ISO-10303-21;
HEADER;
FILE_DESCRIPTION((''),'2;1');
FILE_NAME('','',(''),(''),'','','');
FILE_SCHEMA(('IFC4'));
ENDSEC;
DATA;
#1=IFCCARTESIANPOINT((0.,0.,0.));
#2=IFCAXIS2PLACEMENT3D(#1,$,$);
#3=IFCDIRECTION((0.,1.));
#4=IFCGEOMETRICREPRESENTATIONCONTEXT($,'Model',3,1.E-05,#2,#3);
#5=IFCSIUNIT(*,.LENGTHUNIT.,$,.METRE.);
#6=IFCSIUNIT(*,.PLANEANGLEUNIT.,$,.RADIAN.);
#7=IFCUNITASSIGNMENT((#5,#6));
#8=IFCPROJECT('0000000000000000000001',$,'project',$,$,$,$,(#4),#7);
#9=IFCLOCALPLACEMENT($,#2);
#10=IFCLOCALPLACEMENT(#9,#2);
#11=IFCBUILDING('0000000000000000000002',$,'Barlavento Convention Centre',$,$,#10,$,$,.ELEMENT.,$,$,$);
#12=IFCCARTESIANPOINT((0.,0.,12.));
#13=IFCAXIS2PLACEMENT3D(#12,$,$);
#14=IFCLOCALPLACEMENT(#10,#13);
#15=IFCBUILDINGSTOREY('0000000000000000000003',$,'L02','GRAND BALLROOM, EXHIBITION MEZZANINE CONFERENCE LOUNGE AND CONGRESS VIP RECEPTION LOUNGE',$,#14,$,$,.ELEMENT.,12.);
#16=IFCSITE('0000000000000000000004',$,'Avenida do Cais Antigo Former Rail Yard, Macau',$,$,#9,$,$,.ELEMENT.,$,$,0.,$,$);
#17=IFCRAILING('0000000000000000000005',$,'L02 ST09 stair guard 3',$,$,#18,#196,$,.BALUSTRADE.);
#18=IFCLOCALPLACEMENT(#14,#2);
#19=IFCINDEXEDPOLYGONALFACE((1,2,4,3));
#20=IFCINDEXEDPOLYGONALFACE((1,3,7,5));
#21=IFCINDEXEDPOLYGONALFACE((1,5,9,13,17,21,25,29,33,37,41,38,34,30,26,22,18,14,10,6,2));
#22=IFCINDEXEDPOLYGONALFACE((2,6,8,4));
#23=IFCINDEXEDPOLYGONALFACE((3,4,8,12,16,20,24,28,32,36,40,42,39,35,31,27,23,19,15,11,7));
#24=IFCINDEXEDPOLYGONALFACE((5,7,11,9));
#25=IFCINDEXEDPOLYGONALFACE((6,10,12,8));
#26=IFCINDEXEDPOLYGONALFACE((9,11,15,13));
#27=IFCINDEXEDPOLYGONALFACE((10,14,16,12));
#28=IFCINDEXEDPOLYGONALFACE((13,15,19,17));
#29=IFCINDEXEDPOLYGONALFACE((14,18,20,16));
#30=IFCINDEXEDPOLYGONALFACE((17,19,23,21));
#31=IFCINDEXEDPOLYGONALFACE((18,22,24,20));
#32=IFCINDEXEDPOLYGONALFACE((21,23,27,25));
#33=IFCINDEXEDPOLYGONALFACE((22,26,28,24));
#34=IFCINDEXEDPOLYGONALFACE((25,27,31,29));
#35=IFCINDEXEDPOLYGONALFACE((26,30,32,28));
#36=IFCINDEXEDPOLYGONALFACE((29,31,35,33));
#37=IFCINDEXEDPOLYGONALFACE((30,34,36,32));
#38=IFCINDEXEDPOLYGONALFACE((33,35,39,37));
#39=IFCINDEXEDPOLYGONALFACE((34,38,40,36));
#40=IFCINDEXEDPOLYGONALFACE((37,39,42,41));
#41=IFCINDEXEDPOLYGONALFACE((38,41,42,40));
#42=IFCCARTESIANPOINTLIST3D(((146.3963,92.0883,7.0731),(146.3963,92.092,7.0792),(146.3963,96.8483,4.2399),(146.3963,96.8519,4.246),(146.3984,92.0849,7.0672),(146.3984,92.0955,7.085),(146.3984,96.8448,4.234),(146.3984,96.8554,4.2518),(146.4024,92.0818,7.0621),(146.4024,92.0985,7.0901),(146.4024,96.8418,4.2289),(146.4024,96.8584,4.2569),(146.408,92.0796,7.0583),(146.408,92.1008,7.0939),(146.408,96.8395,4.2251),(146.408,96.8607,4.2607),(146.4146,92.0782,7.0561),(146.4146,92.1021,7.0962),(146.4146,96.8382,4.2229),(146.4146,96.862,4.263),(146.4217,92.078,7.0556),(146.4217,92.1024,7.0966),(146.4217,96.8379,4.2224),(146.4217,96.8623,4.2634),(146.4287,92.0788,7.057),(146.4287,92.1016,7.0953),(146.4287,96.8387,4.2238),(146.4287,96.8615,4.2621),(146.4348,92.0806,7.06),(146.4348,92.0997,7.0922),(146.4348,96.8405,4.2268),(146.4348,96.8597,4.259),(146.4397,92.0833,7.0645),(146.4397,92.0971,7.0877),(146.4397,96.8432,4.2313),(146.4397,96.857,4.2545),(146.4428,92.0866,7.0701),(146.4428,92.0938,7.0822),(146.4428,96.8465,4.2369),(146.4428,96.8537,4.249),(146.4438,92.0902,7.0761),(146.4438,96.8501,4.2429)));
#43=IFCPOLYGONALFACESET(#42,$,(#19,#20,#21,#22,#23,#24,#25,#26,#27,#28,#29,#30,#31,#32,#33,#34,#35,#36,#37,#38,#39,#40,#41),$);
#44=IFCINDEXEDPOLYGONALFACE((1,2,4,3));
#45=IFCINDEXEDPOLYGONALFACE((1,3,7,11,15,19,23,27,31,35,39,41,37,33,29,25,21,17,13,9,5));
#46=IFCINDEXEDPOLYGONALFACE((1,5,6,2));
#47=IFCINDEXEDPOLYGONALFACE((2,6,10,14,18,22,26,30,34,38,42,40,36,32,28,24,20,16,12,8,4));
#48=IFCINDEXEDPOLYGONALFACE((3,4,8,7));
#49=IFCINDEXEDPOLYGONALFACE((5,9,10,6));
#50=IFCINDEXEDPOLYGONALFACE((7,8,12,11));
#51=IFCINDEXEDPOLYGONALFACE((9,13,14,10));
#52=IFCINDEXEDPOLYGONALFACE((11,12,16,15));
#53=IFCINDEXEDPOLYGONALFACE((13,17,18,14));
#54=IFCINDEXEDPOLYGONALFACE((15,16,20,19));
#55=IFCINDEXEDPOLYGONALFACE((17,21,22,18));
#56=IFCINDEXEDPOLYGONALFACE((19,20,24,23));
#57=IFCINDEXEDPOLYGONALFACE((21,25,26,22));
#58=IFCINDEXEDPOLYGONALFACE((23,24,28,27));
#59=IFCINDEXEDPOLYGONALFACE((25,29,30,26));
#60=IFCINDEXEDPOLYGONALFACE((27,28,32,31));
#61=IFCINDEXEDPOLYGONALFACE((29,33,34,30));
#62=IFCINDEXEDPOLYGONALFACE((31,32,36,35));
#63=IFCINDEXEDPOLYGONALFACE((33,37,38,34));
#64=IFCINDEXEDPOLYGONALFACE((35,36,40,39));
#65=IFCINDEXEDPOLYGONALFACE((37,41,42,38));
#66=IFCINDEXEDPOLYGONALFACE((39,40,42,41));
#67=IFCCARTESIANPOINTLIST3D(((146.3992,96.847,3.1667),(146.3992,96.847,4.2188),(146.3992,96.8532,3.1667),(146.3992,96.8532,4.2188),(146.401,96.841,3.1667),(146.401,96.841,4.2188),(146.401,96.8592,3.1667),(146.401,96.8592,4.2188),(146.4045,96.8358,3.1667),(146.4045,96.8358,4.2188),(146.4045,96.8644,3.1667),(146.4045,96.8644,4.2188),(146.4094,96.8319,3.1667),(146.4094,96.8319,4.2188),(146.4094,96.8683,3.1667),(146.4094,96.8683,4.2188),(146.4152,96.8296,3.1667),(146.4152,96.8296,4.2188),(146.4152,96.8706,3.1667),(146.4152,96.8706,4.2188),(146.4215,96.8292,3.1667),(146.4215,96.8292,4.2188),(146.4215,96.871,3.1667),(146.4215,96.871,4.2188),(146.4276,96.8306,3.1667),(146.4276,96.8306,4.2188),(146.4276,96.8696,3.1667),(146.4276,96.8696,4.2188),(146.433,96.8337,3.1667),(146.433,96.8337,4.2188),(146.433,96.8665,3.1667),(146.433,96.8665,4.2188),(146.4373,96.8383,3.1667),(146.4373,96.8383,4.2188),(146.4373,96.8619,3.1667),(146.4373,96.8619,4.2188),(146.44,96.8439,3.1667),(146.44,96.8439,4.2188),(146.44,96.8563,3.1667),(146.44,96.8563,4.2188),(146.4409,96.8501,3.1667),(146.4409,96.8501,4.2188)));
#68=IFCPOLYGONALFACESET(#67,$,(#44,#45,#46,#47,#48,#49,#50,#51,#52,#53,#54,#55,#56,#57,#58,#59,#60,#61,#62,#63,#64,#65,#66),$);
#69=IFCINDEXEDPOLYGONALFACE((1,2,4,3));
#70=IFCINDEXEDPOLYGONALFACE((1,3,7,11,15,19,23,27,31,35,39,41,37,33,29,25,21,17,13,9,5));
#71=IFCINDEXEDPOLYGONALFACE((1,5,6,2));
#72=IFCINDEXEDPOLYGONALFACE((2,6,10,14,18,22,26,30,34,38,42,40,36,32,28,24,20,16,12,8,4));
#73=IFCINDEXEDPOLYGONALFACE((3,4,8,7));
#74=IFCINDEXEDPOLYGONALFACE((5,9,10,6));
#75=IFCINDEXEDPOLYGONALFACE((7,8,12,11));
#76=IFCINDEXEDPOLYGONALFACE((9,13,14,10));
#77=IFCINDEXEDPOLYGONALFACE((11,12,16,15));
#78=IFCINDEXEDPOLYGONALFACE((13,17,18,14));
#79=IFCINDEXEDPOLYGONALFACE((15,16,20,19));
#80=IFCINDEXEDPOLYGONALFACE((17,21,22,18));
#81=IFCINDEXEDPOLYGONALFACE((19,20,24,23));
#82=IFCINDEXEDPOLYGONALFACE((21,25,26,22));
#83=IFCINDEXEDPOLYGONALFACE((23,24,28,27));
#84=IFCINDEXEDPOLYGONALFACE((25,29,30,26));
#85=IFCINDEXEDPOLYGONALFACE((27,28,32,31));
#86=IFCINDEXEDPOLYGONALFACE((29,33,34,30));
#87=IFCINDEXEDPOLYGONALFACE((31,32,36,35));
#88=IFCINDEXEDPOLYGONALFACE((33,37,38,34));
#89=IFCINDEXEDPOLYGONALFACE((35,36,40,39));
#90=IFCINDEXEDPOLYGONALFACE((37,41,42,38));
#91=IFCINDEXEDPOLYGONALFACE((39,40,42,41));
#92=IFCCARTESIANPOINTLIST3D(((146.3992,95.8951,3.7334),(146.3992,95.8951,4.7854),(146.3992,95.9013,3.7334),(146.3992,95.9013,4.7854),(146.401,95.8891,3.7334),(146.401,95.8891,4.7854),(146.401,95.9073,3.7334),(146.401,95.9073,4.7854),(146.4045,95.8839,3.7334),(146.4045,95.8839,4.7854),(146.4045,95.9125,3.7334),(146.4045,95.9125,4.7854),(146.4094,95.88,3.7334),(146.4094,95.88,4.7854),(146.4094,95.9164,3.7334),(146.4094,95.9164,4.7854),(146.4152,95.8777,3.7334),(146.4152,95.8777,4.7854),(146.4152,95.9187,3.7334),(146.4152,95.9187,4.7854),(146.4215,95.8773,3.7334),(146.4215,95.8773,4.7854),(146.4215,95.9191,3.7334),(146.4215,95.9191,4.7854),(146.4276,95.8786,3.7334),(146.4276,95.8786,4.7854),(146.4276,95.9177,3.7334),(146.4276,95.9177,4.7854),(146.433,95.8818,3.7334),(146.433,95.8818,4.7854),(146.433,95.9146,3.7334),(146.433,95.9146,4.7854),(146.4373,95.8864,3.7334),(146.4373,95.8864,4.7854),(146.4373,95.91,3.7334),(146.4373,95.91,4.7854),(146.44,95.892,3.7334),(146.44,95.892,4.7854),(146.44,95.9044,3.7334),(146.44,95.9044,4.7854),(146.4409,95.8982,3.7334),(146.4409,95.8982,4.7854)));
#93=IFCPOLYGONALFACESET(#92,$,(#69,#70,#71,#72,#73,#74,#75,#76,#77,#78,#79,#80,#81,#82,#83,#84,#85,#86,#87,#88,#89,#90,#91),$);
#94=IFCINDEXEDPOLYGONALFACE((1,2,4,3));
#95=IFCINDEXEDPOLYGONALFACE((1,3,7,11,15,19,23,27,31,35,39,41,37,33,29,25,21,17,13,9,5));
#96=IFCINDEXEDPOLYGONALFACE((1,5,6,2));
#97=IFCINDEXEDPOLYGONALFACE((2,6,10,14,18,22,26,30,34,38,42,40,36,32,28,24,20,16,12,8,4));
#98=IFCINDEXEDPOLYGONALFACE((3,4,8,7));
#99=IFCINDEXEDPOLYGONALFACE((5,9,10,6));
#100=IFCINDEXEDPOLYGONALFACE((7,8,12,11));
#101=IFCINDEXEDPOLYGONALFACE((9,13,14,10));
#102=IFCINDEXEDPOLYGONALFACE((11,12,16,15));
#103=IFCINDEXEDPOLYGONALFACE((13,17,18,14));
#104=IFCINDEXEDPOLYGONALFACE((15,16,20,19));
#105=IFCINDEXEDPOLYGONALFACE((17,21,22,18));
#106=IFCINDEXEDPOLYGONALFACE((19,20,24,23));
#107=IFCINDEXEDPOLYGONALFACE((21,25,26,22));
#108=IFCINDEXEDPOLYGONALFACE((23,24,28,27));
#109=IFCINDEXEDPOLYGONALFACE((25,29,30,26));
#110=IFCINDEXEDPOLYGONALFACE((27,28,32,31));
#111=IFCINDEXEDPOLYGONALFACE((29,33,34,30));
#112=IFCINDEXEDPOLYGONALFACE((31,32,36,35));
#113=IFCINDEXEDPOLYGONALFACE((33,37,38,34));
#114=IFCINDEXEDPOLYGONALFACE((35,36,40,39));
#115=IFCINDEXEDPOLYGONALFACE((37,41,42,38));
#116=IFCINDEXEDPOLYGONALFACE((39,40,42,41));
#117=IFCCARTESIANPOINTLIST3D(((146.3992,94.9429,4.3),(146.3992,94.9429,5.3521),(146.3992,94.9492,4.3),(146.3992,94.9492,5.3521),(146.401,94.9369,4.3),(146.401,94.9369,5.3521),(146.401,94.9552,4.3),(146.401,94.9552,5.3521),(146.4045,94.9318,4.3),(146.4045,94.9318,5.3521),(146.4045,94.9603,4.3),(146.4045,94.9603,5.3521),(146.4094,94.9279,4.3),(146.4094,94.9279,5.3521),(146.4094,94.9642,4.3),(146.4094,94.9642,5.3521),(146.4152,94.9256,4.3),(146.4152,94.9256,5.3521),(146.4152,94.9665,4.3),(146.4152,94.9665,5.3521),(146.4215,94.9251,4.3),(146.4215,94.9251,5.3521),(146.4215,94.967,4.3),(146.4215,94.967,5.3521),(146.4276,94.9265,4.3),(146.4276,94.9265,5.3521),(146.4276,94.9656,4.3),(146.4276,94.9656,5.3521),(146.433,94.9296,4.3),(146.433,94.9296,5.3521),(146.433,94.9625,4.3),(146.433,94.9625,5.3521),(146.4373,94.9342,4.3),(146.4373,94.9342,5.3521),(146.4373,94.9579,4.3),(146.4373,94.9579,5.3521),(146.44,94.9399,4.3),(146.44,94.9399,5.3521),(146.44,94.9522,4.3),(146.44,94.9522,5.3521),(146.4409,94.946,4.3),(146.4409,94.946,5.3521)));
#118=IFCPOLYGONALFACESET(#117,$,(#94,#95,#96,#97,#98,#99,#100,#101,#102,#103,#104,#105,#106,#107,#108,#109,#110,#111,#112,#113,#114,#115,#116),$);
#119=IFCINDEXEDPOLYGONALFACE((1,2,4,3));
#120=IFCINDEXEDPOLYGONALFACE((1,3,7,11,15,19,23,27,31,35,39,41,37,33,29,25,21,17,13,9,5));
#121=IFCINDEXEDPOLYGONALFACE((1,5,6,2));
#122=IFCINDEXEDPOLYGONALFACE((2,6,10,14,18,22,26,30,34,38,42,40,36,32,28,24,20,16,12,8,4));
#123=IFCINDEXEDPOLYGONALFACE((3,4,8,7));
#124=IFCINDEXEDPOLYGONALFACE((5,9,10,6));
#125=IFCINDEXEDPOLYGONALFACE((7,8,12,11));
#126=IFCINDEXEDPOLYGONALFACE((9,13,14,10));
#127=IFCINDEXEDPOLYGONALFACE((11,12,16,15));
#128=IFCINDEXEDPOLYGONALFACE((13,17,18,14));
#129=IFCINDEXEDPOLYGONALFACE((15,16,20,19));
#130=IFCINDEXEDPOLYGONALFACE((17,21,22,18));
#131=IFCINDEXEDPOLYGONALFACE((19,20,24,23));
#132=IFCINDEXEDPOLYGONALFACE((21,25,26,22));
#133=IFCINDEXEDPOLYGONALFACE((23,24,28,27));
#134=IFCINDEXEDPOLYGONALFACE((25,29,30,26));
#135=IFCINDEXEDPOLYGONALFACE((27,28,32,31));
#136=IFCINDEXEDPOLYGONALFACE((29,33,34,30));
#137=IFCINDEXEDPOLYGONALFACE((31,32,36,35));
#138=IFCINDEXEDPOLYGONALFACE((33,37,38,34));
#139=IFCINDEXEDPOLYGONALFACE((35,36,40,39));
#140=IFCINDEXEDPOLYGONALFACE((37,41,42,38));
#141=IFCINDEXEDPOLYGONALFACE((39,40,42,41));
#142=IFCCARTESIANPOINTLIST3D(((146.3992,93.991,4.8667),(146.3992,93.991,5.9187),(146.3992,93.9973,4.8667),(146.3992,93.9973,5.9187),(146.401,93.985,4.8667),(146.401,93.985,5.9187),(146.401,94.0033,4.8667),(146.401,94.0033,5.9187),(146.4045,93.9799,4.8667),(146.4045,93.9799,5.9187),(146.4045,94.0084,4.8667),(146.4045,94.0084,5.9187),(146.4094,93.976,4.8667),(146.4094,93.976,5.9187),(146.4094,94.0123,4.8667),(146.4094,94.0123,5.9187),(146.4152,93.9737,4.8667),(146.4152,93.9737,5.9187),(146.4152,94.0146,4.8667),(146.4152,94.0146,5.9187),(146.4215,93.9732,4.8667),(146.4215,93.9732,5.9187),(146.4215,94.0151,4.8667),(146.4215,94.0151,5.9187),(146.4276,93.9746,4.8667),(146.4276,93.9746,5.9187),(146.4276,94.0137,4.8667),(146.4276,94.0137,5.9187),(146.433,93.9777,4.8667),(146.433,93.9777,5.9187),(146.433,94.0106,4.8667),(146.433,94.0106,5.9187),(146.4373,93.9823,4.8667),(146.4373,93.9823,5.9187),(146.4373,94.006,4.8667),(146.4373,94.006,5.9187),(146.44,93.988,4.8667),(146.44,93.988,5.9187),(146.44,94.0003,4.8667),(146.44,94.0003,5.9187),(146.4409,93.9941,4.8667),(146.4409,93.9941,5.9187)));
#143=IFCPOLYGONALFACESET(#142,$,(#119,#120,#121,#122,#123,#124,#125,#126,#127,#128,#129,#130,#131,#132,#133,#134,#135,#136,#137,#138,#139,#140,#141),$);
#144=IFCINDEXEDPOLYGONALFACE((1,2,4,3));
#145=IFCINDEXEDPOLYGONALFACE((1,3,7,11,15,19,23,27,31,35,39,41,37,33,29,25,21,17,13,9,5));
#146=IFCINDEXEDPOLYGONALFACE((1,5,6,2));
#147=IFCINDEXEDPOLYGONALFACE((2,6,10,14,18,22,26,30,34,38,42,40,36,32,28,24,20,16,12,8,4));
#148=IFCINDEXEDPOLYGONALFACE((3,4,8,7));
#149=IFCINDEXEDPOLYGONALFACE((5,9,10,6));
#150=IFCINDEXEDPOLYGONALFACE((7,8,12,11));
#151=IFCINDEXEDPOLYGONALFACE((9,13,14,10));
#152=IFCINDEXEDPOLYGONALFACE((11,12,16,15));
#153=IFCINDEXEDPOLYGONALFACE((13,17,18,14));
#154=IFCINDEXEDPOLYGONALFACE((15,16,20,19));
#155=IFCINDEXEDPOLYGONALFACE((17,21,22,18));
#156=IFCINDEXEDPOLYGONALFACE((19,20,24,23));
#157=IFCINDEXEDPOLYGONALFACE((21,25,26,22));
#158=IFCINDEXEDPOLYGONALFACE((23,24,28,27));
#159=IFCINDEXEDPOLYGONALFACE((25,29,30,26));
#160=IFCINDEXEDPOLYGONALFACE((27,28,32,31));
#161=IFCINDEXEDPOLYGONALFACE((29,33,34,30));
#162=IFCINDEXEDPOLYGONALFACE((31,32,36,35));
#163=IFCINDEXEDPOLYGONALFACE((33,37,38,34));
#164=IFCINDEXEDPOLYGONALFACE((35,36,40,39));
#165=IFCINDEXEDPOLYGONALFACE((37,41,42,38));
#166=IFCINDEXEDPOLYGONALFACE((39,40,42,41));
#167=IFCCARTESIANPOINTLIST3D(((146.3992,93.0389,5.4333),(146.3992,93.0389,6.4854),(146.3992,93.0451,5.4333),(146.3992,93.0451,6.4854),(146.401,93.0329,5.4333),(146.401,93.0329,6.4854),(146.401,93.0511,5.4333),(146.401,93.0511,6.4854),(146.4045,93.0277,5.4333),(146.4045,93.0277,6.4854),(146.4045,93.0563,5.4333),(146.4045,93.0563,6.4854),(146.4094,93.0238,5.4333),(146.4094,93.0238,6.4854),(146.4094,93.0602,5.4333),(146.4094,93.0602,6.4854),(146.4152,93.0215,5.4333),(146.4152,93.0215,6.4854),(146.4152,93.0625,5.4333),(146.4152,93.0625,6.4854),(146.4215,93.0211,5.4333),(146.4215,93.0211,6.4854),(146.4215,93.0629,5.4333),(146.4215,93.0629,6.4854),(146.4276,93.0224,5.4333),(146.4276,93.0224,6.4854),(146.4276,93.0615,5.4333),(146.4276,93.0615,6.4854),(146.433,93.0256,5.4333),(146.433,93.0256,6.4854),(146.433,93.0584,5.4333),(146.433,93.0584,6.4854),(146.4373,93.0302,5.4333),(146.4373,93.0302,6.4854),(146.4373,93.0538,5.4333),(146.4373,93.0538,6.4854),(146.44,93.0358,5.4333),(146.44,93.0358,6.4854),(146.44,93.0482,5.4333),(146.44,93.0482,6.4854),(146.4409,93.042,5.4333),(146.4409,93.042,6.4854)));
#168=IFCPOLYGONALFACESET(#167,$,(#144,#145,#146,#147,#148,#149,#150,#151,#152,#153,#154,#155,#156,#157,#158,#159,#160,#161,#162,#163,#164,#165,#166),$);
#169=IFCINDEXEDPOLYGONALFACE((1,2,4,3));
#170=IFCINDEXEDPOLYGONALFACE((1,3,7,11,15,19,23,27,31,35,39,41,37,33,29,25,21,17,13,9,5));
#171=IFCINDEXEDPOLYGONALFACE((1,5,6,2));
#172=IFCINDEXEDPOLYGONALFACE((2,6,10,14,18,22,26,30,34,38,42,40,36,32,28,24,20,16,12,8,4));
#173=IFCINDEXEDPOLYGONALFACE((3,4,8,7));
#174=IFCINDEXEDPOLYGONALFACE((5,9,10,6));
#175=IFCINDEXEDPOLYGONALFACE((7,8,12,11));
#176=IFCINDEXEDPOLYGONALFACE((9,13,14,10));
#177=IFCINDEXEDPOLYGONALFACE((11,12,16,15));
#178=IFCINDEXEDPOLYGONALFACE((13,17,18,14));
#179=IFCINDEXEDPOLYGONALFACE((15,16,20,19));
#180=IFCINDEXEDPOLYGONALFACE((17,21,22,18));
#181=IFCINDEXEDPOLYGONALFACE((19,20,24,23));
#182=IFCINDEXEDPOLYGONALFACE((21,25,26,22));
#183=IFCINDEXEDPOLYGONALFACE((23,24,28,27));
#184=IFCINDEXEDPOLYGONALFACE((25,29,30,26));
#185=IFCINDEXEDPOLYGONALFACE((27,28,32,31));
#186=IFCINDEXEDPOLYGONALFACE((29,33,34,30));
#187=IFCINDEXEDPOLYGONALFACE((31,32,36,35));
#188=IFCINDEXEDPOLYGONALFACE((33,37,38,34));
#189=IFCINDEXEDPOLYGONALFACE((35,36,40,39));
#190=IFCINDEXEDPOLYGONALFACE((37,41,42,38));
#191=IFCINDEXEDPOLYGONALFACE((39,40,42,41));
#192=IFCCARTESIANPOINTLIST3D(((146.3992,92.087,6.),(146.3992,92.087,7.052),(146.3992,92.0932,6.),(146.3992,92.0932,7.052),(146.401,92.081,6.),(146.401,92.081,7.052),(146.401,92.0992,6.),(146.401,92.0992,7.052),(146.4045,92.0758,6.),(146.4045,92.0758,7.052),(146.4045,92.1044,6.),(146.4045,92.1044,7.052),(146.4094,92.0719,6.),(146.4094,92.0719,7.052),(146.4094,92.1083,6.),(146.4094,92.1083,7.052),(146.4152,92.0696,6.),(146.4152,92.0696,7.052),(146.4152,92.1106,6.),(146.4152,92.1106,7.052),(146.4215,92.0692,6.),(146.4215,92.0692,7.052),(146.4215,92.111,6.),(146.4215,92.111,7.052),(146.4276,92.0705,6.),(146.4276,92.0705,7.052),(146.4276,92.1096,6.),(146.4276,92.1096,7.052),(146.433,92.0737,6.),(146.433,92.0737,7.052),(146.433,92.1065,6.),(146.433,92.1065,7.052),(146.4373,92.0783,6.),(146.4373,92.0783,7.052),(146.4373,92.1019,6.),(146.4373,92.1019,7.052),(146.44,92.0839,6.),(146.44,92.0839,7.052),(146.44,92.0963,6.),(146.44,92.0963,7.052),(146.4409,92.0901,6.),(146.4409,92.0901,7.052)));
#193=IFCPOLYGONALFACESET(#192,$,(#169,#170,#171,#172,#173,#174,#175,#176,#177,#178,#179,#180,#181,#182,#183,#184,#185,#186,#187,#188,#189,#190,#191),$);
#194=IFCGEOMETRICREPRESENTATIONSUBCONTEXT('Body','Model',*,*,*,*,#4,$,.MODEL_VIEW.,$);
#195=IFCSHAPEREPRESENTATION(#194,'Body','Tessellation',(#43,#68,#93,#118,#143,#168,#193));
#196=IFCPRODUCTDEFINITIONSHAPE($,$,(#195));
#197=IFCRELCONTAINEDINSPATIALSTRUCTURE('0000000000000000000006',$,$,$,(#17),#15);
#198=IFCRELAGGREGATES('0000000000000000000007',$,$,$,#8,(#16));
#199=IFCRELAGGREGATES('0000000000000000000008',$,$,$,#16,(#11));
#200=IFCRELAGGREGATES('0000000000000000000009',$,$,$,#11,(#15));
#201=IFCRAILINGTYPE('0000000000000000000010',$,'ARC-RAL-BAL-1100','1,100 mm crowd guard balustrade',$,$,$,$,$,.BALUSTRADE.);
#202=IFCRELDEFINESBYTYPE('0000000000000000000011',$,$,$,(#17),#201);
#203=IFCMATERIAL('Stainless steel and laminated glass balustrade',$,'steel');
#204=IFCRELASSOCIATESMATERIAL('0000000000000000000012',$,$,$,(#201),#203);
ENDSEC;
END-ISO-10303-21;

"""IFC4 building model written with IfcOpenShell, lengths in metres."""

from ifc_helpers import new_model, si_unit, direction, frame, origin, origin_2d, place, context, subcontext, project, spatial, circle, extrude, material, type_object, element, save


model = new_model("IFC4")

# Units and contexts
model_context = context("Model", 3, precision=1e-05, world=origin(), true_north=direction((0.0, 1.0)))
body_context = subcontext(model_context, "Body", "Model", "MODEL_VIEW")
ifc_project = project(units=[si_unit("LENGTHUNIT", "METRE"), si_unit("PLANEANGLEUNIT", "RADIAN")], contexts=[model_context])

# Site, building, storey
site_placement = place(None, origin())
site = spatial("IfcSite", under=ifc_project, at=site_placement, Name="Avenida do Cais Antigo Former Rail Yard, Macau", CompositionType="ELEMENT", RefElevation=0.0)
building_placement = place(site_placement, origin())
building = spatial("IfcBuilding", under=site, at=building_placement, Name="Barlavento Convention Centre", CompositionType="ELEMENT")
storey_placement = place(building_placement, frame((0.0, 0.0, 12.0)))
storey = spatial("IfcBuildingStorey", under=building, at=storey_placement, Name="L02", Description="GRAND BALLROOM, EXHIBITION MEZZANINE CONFERENCE LOUNGE AND CONGRESS VIP RECEPTION LOUNGE", CompositionType="ELEMENT", Elevation=12.0)

# Railing
ifc_material_1 = material(Name="Stainless steel and laminated glass balustrade", Category="steel")
railing_type_1 = type_object("IfcRailingType", Name="ARC-RAL-BAL-1100", Description="1,100 mm crowd guard balustrade", PredefinedType="BALUSTRADE", material=ifc_material_1)
railing_1_placement = place(storey_placement, frame((146.4199, 96.8501, 3.1667)))
element("IfcRailing", 1, at=railing_1_placement, inside=storey, type_object=railing_type_1, Name="L02 ST09 stair guard 3", PredefinedType="BALUSTRADE", context=body_context, shape_type="SweptSolid", body=[
    extrude(circle(Radius=0.0239, at=origin_2d()), frame((0.0, 0.0, 1.0762), z_axis=(0.0, -0.8593, 0.511472), x_axis=(1.0, 0.0, 0.0)), (0.0, 0.0, 1.0), 5.5393),
    extrude(circle(Radius=0.021, at=origin_2d()), origin(), (0.0, 0.0, 1.0), 1.052),
    extrude(circle(Radius=0.021, at=origin_2d()), frame((0.0, -0.9519, 0.5667)), (0.0, 0.0, 1.0), 1.052),
    extrude(circle(Radius=0.021, at=origin_2d()), frame((0.0, -1.9041, 1.1333)), (0.0, 0.0, 1.0), 1.052),
    extrude(circle(Radius=0.021, at=origin_2d()), frame((0.0, -2.856, 1.7)), (0.0, 0.0, 1.0), 1.052),
    extrude(circle(Radius=0.021, at=origin_2d()), frame((0.0, -3.8081, 2.2666)), (0.0, 0.0, 1.0), 1.052),
    extrude(circle(Radius=0.021, at=origin_2d()), frame((0.0, -4.76, 2.8333)), (0.0, 0.0, 1.0), 1.052),
])

save(model, "model.ifc")
